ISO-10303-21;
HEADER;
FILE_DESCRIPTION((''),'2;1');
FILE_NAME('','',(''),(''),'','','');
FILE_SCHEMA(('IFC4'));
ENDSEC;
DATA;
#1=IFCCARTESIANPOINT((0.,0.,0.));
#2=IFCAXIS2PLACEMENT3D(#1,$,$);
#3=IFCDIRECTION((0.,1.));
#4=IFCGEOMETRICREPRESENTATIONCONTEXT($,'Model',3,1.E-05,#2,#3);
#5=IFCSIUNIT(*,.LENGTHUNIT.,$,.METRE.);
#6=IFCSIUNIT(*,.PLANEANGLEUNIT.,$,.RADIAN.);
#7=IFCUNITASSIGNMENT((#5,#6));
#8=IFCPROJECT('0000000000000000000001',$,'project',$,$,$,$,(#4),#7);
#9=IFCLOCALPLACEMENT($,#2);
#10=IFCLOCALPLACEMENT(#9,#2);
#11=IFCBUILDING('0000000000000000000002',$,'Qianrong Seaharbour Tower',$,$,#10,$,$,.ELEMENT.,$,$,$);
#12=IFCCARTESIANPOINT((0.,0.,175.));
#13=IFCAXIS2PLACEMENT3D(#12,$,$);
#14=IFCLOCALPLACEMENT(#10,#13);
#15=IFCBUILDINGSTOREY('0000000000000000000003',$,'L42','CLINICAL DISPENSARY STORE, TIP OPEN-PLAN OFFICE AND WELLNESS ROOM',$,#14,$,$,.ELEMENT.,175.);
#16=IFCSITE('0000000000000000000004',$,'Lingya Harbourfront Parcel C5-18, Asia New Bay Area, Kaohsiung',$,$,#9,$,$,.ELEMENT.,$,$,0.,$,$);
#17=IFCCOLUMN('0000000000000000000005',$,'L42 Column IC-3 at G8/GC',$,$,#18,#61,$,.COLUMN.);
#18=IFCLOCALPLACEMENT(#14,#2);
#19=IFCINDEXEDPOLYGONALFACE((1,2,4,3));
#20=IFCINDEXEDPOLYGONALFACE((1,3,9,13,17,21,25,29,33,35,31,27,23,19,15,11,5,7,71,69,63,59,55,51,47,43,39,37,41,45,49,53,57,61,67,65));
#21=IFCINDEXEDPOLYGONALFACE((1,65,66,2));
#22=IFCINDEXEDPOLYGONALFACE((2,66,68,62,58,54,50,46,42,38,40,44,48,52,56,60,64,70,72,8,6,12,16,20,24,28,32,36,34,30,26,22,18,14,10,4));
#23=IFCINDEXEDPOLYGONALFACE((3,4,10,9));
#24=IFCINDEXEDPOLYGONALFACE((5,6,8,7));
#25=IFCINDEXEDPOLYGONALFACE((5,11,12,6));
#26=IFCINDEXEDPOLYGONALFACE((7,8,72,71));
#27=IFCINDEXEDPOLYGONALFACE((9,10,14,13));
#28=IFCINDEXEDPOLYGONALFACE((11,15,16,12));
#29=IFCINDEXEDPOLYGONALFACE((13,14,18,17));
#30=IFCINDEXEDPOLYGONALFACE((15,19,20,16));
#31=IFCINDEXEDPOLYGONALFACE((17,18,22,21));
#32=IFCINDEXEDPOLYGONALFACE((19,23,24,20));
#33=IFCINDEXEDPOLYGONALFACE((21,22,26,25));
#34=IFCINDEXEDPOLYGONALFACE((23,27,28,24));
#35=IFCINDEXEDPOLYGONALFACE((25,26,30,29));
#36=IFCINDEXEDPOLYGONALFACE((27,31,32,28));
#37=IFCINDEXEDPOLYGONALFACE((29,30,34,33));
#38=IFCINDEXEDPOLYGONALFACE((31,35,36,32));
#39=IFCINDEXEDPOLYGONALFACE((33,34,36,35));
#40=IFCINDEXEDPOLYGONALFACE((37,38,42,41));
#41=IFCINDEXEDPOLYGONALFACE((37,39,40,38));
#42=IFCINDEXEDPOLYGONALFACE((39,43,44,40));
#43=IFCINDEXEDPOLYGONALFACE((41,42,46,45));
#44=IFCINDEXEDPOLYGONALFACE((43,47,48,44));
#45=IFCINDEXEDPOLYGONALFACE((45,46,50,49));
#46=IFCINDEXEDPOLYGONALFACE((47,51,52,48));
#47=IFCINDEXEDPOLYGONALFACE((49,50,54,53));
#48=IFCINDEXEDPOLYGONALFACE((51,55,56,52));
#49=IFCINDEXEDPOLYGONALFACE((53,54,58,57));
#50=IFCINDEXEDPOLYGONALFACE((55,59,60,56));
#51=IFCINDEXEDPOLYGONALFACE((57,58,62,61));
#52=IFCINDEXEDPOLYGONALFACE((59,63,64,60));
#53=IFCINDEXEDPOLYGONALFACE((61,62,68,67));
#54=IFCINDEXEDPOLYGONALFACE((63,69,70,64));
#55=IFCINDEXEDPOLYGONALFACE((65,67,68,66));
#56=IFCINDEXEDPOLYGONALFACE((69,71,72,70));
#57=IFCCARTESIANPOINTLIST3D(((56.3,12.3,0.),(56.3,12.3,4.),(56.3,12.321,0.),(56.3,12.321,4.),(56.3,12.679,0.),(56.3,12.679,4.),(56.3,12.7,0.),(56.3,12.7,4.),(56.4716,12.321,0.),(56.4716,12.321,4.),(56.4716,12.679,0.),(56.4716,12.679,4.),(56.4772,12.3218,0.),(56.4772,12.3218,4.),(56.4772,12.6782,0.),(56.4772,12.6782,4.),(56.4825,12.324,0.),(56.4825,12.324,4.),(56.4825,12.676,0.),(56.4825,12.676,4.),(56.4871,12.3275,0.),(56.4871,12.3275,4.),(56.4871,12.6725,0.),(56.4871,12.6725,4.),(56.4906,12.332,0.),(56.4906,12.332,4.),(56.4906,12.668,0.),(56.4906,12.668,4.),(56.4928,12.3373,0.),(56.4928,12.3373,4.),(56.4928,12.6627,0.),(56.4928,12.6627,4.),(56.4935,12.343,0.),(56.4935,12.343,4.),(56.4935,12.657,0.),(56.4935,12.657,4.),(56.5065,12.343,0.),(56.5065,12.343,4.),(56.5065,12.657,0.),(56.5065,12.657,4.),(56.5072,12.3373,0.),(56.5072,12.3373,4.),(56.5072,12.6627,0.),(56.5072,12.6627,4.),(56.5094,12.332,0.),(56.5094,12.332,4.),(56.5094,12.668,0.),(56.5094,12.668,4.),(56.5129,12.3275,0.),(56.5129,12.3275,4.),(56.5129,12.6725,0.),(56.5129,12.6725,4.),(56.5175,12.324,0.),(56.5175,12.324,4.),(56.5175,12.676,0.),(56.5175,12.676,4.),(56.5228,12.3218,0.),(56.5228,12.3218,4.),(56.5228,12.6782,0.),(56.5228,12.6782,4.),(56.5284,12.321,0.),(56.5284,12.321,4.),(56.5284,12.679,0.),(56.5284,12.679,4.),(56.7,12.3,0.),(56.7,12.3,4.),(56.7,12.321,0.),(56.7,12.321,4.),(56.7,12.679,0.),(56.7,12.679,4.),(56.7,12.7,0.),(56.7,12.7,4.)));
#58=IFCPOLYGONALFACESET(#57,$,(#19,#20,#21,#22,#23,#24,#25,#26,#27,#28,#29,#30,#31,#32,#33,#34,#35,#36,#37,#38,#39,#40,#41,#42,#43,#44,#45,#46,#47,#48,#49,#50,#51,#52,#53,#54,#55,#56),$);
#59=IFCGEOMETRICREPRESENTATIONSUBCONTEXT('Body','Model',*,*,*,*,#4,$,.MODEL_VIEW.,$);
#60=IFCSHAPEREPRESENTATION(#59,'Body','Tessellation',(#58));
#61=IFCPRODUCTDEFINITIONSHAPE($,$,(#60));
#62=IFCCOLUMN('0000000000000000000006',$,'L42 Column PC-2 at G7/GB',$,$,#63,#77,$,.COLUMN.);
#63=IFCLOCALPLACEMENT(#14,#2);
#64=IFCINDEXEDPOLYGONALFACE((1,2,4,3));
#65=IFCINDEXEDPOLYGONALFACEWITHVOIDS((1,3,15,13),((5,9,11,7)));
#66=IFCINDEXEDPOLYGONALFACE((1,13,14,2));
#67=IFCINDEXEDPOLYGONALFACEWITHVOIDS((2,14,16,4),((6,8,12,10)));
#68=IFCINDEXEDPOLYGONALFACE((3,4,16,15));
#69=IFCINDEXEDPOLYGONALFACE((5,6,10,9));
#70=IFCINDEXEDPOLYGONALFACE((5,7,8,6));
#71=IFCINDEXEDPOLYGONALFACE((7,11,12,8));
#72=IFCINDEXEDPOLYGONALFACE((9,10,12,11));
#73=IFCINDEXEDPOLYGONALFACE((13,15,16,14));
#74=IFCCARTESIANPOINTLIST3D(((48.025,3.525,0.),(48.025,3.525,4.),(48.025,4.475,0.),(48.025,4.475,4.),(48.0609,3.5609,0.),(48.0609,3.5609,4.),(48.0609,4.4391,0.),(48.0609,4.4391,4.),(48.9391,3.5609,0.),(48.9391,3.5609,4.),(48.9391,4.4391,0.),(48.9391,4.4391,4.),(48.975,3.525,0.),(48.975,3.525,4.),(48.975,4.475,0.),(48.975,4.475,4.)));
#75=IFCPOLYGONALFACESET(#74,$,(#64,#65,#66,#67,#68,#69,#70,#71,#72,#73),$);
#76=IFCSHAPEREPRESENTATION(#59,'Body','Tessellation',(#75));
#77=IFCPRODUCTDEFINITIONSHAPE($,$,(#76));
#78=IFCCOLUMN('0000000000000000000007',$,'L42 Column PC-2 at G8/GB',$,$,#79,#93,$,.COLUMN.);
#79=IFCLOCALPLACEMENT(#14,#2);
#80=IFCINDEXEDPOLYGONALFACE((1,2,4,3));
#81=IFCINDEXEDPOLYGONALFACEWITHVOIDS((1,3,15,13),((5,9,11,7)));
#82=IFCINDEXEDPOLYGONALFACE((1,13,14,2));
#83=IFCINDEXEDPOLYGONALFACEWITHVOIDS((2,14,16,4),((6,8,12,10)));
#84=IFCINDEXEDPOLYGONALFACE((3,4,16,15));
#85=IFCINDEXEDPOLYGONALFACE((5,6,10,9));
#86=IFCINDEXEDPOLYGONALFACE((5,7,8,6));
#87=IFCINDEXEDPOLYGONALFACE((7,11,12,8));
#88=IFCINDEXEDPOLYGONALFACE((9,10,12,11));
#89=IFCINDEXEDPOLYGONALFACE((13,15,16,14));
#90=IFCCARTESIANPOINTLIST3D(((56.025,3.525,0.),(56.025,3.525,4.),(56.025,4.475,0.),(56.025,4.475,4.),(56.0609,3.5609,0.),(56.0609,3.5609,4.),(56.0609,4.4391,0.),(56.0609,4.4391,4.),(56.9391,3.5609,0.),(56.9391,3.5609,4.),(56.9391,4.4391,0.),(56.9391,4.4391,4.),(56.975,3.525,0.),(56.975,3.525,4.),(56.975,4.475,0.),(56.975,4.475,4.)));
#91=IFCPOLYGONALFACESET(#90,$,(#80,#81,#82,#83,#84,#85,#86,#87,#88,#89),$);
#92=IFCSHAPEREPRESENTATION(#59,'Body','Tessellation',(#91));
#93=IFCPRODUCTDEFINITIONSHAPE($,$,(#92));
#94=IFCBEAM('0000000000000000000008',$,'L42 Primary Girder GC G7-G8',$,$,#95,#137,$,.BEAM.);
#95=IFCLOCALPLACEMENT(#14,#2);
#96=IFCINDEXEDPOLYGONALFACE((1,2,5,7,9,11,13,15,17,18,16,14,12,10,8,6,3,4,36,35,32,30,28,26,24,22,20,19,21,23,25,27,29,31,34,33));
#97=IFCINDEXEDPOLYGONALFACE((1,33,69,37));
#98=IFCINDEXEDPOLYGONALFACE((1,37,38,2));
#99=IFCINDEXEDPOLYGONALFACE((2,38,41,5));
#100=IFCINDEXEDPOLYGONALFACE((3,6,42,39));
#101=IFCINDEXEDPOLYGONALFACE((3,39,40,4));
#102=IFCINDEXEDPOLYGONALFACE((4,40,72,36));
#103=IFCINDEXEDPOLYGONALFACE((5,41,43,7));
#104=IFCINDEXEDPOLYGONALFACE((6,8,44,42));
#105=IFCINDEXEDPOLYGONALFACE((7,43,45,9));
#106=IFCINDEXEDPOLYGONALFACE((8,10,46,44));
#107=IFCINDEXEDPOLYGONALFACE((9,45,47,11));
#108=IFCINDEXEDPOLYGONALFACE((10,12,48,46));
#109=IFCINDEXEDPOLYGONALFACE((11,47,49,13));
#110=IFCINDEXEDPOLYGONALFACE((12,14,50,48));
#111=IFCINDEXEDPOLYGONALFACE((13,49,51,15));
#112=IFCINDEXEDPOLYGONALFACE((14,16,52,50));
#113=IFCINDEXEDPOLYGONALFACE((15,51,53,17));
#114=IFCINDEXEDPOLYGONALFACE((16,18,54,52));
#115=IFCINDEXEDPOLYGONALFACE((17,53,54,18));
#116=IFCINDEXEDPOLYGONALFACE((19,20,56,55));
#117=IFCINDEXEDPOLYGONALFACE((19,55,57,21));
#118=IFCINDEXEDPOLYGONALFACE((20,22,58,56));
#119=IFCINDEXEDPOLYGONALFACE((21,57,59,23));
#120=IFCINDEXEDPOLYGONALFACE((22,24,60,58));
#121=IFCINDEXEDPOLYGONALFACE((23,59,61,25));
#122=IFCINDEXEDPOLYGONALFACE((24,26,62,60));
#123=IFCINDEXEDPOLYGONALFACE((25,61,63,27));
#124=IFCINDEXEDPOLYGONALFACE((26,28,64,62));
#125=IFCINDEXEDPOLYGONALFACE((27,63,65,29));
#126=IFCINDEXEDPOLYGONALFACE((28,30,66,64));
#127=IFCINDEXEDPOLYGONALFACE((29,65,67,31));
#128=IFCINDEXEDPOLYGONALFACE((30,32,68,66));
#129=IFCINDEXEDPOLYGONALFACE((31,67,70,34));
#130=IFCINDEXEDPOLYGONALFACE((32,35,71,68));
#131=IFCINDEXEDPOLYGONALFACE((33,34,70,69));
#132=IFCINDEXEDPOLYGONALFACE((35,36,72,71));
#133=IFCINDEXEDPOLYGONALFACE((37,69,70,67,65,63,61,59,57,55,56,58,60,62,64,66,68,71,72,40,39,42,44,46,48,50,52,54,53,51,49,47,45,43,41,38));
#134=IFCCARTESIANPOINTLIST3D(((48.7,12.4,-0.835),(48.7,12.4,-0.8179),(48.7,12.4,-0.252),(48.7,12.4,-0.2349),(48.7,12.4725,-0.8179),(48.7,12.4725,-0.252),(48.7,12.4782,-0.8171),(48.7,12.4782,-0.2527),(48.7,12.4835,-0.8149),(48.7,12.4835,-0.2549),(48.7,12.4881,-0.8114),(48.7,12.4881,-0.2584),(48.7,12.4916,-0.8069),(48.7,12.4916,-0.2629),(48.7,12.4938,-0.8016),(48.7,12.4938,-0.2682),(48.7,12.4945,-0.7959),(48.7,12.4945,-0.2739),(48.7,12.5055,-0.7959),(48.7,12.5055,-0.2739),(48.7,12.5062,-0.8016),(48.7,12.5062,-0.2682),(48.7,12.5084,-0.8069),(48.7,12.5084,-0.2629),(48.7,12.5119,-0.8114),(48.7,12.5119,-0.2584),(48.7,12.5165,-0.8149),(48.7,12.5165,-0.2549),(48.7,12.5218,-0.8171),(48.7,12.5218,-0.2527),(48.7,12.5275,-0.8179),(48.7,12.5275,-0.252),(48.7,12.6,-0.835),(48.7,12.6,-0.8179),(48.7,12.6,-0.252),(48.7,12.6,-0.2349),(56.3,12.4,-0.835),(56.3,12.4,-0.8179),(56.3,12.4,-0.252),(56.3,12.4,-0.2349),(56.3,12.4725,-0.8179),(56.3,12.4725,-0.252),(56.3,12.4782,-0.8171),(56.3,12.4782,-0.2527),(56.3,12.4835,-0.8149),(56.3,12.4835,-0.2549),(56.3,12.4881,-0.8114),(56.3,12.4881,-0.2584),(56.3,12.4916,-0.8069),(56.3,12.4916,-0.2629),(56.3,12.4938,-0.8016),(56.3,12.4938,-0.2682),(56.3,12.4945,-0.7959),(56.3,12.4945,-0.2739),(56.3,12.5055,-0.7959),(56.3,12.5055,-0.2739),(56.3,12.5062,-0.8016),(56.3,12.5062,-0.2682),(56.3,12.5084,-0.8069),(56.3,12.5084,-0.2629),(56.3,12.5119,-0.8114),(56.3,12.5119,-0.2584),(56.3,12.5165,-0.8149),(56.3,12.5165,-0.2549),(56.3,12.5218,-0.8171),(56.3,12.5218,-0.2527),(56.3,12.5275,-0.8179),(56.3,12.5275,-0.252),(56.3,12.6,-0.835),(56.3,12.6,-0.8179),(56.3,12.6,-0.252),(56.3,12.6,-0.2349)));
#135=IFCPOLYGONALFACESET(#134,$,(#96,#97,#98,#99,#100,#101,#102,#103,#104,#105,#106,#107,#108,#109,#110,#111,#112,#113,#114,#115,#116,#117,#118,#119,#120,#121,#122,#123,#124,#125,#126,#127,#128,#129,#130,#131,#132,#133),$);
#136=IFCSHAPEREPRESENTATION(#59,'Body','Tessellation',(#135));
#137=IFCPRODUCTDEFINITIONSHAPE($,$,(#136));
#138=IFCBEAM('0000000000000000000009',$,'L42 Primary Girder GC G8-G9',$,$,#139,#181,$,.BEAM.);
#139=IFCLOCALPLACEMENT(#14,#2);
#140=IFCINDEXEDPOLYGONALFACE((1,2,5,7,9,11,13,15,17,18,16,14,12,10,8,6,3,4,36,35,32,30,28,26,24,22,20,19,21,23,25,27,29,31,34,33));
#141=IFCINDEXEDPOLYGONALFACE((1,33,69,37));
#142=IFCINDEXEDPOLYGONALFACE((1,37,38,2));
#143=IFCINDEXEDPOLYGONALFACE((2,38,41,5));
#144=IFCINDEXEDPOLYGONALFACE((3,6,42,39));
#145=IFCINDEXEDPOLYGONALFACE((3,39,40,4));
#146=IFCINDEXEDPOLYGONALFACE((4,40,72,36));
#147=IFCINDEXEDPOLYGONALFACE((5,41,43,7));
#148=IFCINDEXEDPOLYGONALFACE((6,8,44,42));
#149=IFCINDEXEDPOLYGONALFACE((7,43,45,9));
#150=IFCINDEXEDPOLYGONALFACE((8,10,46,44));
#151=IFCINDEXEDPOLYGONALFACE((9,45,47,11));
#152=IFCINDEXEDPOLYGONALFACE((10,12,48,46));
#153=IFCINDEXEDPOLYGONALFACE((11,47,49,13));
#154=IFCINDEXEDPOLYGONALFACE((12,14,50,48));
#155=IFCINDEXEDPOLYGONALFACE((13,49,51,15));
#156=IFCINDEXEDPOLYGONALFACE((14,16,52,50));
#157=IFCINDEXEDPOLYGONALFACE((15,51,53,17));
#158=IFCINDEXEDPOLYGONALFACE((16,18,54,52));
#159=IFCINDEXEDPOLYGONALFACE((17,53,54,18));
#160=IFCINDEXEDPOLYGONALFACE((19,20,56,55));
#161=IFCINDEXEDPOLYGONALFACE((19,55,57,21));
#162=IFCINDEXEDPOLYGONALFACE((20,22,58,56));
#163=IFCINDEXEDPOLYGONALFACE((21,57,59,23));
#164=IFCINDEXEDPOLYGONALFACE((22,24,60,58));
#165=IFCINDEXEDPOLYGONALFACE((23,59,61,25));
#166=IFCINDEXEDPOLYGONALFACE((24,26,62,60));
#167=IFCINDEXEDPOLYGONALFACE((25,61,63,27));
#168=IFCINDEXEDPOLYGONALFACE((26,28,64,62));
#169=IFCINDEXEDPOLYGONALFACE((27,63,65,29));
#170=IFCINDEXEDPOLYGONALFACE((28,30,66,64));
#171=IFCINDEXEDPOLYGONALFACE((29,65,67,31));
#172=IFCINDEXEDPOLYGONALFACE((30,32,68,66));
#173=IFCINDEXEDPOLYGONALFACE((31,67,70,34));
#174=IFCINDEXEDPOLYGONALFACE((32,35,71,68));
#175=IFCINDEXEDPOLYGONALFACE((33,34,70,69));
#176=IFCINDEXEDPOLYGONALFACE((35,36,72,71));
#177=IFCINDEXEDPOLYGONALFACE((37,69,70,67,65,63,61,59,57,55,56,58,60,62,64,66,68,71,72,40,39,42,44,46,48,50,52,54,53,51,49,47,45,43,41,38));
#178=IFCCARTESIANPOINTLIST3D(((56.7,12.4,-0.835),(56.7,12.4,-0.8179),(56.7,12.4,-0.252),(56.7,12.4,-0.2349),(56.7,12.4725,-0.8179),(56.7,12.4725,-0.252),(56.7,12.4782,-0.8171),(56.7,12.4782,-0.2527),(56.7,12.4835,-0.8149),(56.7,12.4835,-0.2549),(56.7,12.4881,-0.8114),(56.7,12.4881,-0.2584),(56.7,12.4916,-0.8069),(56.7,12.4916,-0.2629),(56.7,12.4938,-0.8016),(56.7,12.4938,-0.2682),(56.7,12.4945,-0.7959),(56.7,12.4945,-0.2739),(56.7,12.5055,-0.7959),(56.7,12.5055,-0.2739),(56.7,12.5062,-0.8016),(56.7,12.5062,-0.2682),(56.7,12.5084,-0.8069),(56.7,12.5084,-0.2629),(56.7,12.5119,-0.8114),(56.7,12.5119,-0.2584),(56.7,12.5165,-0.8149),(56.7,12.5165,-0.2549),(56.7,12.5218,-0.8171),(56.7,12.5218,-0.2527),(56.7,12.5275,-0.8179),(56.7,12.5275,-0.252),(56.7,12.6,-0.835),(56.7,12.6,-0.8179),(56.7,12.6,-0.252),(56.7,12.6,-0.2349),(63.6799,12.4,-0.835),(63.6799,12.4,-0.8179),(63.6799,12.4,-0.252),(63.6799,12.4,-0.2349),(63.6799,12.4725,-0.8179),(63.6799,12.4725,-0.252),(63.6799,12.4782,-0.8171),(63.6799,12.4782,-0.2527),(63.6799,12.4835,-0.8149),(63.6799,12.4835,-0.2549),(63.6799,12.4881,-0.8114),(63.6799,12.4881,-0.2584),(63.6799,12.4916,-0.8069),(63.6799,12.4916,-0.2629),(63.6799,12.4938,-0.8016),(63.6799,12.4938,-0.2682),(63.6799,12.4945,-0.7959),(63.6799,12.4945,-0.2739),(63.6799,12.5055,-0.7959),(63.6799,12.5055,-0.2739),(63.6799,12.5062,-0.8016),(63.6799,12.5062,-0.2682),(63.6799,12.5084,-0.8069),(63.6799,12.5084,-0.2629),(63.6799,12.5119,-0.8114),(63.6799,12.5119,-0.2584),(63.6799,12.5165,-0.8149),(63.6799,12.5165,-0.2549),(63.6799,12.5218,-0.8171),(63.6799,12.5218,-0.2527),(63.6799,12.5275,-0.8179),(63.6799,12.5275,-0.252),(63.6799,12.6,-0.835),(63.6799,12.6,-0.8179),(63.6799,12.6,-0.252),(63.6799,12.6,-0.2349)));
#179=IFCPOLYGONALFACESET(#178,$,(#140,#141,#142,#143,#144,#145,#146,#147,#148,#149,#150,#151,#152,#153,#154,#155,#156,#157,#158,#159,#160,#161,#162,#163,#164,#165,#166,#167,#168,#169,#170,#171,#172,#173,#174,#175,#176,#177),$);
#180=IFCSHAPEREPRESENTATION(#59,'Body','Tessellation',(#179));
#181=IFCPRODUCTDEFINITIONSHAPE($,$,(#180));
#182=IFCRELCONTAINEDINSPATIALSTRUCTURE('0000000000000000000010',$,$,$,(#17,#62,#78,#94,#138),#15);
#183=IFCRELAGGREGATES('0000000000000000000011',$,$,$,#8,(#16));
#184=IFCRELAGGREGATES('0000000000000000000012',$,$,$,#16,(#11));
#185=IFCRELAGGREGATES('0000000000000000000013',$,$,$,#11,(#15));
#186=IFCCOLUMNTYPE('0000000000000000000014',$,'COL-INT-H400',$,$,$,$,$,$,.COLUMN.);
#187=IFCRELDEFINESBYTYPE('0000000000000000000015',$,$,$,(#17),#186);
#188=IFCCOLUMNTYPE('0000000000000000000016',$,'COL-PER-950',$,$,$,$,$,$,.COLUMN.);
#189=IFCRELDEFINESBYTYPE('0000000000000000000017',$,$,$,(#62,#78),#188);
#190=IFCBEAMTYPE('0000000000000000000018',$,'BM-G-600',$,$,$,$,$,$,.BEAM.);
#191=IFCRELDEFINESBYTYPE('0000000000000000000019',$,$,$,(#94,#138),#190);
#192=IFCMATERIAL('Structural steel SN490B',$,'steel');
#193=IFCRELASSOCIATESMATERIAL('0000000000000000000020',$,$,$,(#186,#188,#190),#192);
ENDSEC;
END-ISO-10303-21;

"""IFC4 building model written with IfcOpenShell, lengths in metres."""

from ifc_helpers import new_model, si_unit, direction, frame, origin, origin_2d, place, context, subcontext, project, spatial, hollow_rectangle, i_section, extrude, material, material_profile, profile_set, type_object, element, save


model = new_model("IFC4")

# Units and contexts
model_context = context("Model", 3, precision=1e-05, world=origin(), true_north=direction((0.0, 1.0)))
body_context = subcontext(model_context, "Body", "Model", "MODEL_VIEW")
ifc_project = project(units=[si_unit("LENGTHUNIT", "METRE"), si_unit("PLANEANGLEUNIT", "RADIAN")], contexts=[model_context])

# Site, building, storey
site_placement = place(None, origin())
site = spatial("IfcSite", under=ifc_project, at=site_placement, Name="Lingya Harbourfront Parcel C5-18, Asia New Bay Area, Kaohsiung", CompositionType="ELEMENT", RefElevation=0.0)
building_placement = place(site_placement, origin())
building = spatial("IfcBuilding", under=site, at=building_placement, Name="Qianrong Seaharbour Tower", CompositionType="ELEMENT")
storey_placement = place(building_placement, frame((0.0, 0.0, 175.0)))
storey = spatial("IfcBuildingStorey", under=building, at=storey_placement, Name="L42", Description="CLINICAL DISPENSARY STORE, TIP OPEN-PLAN OFFICE AND WELLNESS ROOM", CompositionType="ELEMENT", Elevation=175.0)

# Columns
ifc_material_1 = material(Name="Structural steel SN490B", Category="steel")
ifc_material_profile_1 = material_profile(ifc_material_1, i_section(OverallWidth=0.3999, OverallDepth=0.3999, WebThickness=0.0129, FlangeThickness=0.021, FilletRadius=0.022, at=origin_2d()), Name="H400x400x13x21")
ifc_profile_set_1 = profile_set([ifc_material_profile_1], Name="Structural steel SN490B")
column_type_1 = type_object("IfcColumnType", Name="COL-INT-H400", PredefinedType="COLUMN", material=ifc_profile_set_1)
for number, where, z_axis, x_axis, name in (
    (1, (56.5, 12.5, 0.0), (0.0, 0.0, 1.0), (1.0, 0.0, 0.0), "L42 Column IC-3 at G8/GC"),
):
    element("IfcColumn", number, at=place(storey_placement, frame(where, z_axis=z_axis, x_axis=x_axis)), inside=storey, type_object=column_type_1, Name=name, PredefinedType="COLUMN", context=body_context, shape_type="SweptSolid", body=[
        extrude(i_section(OverallWidth=0.3999, OverallDepth=0.3999, WebThickness=0.0129, FlangeThickness=0.021, FilletRadius=0.022, at=origin_2d()), origin(), (0.0, 0.0, 1.0), 4.0),
    ])
ifc_material_profile_2 = material_profile(ifc_material_1, hollow_rectangle(XDim=0.95, YDim=0.95, WallThickness=0.0359, at=origin_2d()), Name="BOX950x950x36")
ifc_profile_set_2 = profile_set([ifc_material_profile_2], Name="Structural steel SN490B")
column_type_2 = type_object("IfcColumnType", Name="COL-PER-950", PredefinedType="COLUMN", material=ifc_profile_set_2)
for number, where, z_axis, x_axis, name in (
    (2, (48.5, 4.0, 0.0), (0.0, 0.0, 1.0), (1.0, 0.0, 0.0), "L42 Column PC-2 at G7/GB"),
    (3, (56.5, 4.0, 0.0), (0.0, 0.0, 1.0), (1.0, 0.0, 0.0), "L42 Column PC-2 at G8/GB"),
):
    element("IfcColumn", number, at=place(storey_placement, frame(where, z_axis=z_axis, x_axis=x_axis)), inside=storey, type_object=column_type_2, Name=name, PredefinedType="COLUMN", context=body_context, shape_type="SweptSolid", body=[
        extrude(hollow_rectangle(XDim=0.95, YDim=0.95, WallThickness=0.0359, at=origin_2d()), origin(), (0.0, 0.0, 1.0), 4.0),
    ])

# Beams
ifc_material_profile_3 = material_profile(ifc_material_1, i_section(OverallWidth=0.2, OverallDepth=0.6001, WebThickness=0.011, FlangeThickness=0.0171, FilletRadius=0.022, at=origin_2d()), Name="H600x200x11x17")
ifc_profile_set_3 = profile_set([ifc_material_profile_3], Name="Structural steel SN490B")
beam_type_1 = type_object("IfcBeamType", Name="BM-G-600", PredefinedType="BEAM", material=ifc_profile_set_3)
beam_1_placement = place(storey_placement, frame((48.7, 12.5, -0.5349), z_axis=(1.0, 0.0, 0.0), x_axis=(0.0, 1.0, 0.0)))
element("IfcBeam", 4, at=beam_1_placement, inside=storey, type_object=beam_type_1, Name="L42 Primary Girder GC G7-G8", PredefinedType="BEAM", context=body_context, shape_type="SweptSolid", body=[
    extrude(i_section(OverallWidth=0.2, OverallDepth=0.6001, WebThickness=0.011, FlangeThickness=0.0171, FilletRadius=0.022, at=origin_2d()), origin(), (0.0, 0.0, 1.0), 7.6001),
])
beam_2_placement = place(storey_placement, frame((56.7, 12.5, -0.5349), z_axis=(1.0, 0.0, 0.0), x_axis=(0.0, 1.0, 0.0)))
element("IfcBeam", 5, at=beam_2_placement, inside=storey, type_object=beam_type_1, Name="L42 Primary Girder GC G8-G9", PredefinedType="BEAM", context=body_context, shape_type="SweptSolid", body=[
    extrude(i_section(OverallWidth=0.2, OverallDepth=0.6001, WebThickness=0.011, FlangeThickness=0.0171, FilletRadius=0.022, at=origin_2d()), origin(), (0.0, 0.0, 1.0), 6.98),
])

save(model, "model.ifc")
